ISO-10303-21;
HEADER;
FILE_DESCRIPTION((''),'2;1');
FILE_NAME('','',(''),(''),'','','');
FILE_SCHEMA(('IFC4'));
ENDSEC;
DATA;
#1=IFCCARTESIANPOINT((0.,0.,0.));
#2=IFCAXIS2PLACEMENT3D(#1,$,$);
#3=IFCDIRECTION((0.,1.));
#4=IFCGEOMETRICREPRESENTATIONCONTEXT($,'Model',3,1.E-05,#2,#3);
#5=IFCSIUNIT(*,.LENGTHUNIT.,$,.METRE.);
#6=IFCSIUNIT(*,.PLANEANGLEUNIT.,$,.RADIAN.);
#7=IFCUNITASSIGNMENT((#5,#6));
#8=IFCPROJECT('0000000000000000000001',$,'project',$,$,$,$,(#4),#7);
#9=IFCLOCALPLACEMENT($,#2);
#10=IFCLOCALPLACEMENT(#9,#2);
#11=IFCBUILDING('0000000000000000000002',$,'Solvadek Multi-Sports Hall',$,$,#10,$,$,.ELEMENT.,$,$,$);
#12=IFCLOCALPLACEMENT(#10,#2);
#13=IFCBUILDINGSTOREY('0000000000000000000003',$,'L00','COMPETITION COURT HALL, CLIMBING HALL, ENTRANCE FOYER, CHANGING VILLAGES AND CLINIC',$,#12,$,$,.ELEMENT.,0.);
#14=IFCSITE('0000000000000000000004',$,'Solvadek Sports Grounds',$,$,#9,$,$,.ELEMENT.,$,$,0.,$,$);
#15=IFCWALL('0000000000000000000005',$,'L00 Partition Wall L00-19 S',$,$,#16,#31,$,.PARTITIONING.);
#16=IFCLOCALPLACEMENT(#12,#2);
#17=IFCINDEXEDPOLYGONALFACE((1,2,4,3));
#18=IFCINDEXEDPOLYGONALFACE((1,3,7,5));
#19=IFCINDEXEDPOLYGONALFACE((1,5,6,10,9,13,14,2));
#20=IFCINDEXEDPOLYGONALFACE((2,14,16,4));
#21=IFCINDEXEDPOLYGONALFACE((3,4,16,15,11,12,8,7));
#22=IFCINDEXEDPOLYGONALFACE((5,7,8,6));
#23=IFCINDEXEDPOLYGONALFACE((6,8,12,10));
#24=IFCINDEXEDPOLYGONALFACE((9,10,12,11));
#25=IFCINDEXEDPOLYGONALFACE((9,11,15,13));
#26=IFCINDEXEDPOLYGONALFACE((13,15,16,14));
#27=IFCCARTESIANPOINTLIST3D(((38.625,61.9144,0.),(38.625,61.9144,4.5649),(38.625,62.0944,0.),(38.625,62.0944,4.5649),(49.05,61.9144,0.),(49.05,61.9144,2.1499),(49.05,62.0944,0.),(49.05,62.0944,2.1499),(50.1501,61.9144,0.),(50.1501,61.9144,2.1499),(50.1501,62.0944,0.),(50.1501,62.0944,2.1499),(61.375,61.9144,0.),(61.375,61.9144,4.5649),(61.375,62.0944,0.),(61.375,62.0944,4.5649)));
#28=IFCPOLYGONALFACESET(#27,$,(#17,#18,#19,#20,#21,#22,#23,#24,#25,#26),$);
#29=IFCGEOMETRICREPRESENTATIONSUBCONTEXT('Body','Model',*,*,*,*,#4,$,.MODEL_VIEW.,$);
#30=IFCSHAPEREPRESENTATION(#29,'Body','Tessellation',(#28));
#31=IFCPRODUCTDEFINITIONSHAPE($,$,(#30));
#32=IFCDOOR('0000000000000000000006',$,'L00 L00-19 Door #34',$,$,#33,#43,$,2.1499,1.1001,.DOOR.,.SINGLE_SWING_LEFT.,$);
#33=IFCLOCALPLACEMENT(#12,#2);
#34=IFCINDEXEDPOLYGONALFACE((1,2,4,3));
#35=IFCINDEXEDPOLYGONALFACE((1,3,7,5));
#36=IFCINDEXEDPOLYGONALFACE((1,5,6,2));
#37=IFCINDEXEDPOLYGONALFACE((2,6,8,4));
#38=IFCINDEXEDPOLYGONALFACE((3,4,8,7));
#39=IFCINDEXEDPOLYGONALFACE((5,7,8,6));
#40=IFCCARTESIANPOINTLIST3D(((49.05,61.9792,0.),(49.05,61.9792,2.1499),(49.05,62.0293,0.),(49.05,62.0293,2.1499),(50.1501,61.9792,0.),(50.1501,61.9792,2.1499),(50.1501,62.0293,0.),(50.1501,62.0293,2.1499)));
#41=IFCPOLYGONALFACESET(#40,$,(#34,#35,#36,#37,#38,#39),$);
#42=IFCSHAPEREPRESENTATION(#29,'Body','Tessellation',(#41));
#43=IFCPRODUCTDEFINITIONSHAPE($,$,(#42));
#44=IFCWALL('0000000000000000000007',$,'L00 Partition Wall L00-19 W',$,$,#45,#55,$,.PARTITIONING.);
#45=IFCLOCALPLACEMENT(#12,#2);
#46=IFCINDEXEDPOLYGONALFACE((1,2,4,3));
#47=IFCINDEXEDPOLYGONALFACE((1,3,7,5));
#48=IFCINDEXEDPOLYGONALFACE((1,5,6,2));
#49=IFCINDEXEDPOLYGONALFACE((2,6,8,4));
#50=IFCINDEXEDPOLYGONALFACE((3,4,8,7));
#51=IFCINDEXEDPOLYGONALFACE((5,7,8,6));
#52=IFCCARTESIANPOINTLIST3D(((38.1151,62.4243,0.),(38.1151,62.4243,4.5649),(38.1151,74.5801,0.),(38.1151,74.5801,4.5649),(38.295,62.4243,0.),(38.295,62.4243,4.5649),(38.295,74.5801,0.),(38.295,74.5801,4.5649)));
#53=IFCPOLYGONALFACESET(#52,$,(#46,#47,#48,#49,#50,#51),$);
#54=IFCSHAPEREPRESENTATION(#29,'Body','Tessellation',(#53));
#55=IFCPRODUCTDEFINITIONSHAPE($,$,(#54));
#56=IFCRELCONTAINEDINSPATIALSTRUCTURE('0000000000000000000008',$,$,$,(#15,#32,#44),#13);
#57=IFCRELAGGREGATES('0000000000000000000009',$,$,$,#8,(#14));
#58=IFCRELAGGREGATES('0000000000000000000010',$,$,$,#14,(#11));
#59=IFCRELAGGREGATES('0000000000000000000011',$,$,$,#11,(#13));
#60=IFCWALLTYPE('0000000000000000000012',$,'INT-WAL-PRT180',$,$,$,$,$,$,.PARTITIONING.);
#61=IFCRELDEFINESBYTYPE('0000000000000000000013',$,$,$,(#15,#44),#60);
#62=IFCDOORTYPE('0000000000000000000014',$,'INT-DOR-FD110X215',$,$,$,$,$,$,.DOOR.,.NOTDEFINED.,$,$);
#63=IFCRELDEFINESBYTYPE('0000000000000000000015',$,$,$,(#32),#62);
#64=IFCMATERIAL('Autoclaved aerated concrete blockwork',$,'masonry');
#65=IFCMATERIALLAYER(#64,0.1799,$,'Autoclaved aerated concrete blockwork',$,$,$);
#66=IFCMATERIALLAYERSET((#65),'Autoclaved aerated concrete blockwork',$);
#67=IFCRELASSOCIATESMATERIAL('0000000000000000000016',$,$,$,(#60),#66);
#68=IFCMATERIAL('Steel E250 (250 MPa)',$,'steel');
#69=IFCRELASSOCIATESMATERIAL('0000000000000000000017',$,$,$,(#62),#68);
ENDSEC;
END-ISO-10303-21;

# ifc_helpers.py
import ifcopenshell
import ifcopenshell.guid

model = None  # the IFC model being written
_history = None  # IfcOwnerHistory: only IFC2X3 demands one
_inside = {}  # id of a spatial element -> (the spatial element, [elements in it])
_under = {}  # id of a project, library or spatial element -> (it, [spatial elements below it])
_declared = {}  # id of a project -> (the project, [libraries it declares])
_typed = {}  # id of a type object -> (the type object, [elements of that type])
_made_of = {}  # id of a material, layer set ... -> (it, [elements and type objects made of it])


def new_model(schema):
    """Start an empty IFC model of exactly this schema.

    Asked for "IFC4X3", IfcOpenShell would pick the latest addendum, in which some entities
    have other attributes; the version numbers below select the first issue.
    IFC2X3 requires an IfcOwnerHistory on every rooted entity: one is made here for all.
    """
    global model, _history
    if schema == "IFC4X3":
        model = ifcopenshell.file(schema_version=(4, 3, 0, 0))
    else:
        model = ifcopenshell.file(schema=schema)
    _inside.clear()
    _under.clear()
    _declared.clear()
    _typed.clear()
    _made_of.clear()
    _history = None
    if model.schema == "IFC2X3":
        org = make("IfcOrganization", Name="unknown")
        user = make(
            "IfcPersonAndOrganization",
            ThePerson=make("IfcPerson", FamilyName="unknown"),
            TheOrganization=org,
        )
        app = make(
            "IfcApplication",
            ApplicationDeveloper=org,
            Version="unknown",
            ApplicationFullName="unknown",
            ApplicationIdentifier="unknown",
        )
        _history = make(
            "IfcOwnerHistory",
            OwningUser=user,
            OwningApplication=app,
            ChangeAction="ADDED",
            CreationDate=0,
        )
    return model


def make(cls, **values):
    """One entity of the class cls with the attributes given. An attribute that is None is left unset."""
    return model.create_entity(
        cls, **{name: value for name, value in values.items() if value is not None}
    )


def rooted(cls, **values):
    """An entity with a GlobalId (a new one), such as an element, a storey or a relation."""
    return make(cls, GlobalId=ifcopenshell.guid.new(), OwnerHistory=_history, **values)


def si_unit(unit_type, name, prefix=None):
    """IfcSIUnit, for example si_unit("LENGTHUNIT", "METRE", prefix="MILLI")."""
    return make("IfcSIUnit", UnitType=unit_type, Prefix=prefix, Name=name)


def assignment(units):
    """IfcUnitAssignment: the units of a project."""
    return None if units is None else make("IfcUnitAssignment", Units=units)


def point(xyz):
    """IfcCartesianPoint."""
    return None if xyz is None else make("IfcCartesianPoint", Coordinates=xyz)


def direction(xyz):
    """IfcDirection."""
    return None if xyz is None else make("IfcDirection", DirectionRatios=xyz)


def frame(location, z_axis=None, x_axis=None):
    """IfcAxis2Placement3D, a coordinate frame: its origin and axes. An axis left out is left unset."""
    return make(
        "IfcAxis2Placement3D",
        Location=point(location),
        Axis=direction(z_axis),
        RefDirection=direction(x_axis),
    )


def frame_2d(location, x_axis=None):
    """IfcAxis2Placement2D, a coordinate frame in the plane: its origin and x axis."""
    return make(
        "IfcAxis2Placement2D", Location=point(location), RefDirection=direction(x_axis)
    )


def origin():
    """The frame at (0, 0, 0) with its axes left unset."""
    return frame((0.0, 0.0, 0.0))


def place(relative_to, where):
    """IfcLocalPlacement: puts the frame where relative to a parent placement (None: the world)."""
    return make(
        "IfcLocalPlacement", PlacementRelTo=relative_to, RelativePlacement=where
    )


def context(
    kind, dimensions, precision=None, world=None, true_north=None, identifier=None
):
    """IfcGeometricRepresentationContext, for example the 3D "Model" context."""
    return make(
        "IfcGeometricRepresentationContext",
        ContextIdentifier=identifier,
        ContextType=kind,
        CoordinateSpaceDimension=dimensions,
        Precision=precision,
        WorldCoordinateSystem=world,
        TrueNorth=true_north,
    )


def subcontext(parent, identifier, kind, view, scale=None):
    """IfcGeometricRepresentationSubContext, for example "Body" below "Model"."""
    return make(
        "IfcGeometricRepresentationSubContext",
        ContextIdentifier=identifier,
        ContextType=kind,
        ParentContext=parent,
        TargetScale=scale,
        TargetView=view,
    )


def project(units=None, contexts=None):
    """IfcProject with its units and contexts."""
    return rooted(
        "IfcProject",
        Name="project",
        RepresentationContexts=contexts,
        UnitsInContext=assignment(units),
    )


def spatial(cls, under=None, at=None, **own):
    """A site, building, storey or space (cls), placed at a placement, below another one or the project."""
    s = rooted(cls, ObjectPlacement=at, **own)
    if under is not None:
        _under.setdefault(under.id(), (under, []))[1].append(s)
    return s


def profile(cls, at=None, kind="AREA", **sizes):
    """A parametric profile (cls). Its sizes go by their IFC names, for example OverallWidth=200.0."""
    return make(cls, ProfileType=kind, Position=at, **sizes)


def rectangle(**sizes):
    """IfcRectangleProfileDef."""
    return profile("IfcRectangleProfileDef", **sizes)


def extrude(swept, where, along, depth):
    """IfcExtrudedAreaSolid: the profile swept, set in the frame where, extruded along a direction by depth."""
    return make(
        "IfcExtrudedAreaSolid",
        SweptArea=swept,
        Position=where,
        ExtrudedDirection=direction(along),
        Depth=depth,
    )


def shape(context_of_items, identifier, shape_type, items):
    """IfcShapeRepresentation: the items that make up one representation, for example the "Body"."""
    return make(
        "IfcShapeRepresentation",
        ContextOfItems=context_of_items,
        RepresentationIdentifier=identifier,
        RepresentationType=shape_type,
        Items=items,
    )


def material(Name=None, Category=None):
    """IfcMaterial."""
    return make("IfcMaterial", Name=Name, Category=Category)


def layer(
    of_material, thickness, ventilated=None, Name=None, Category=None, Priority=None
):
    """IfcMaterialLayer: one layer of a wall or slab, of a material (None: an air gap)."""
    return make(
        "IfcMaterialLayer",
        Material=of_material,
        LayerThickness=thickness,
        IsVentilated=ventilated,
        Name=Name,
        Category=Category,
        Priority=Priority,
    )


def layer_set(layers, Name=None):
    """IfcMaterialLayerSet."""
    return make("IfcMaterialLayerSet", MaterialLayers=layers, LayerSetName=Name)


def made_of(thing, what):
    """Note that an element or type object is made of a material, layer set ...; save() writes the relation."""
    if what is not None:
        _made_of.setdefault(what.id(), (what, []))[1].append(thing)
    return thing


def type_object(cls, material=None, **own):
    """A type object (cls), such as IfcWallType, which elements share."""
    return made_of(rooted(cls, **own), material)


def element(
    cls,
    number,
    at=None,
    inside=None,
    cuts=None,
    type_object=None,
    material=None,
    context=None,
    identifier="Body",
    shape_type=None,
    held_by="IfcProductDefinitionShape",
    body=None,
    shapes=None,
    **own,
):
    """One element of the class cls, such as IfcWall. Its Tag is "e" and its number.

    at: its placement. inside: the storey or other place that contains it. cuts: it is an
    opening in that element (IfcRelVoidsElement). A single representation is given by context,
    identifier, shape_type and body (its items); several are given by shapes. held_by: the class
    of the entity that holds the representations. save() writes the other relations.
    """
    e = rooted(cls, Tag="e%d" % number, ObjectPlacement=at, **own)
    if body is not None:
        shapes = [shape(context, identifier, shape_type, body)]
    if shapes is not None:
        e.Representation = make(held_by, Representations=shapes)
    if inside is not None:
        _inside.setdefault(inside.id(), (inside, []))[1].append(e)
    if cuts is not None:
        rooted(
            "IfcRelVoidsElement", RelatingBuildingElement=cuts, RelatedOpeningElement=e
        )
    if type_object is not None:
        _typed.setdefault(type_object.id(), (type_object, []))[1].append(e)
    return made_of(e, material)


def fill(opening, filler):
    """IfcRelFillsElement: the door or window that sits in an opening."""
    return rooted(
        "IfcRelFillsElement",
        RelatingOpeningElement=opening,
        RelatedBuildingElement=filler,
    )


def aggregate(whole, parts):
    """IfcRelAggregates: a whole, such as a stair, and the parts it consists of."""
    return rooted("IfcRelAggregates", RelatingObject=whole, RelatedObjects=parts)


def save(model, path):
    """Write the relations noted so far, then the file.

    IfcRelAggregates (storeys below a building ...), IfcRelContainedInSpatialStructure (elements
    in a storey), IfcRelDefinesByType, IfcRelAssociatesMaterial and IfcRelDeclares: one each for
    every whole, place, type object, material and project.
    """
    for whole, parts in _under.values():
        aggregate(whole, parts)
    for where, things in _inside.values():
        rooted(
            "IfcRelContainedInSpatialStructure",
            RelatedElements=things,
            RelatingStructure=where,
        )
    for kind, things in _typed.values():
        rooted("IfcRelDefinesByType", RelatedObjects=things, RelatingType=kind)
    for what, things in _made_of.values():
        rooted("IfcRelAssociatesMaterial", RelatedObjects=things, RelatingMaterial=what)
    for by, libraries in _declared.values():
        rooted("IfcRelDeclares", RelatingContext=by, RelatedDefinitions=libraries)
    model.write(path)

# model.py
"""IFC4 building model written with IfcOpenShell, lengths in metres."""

from ifc_helpers import new_model, si_unit, direction, frame, frame_2d, origin, place, context, subcontext, project, spatial, rectangle, extrude, material, layer, layer_set, type_object, element, fill, save


model = new_model("IFC4")

# Units and contexts
model_context = context("Model", 3, precision=1e-05, world=origin(), true_north=direction((0.0, 1.0)))
body_context = subcontext(model_context, "Body", "Model", "MODEL_VIEW")
ifc_project = project(units=[si_unit("LENGTHUNIT", "METRE"), si_unit("PLANEANGLEUNIT", "RADIAN")], contexts=[model_context])

# Site, building, storey
site_placement = place(None, origin())
site = spatial("IfcSite", under=ifc_project, at=site_placement, Name="Solvadek Sports Grounds", CompositionType="ELEMENT", RefElevation=0.0)
building_placement = place(site_placement, origin())
building = spatial("IfcBuilding", under=site, at=building_placement, Name="Solvadek Multi-Sports Hall", CompositionType="ELEMENT")
storey_placement = place(building_placement, origin())
storey = spatial("IfcBuildingStorey", under=building, at=storey_placement, Name="L00", Description="COMPETITION COURT HALL, CLIMBING HALL, ENTRANCE FOYER, CHANGING VILLAGES AND CLINIC", CompositionType="ELEMENT", Elevation=0.0)

# Wall, opening, door
ifc_material_1 = material(Name="Autoclaved aerated concrete blockwork", Category="masonry")
ifc_layer = layer(ifc_material_1, 0.1799, Name="Autoclaved aerated concrete blockwork")
ifc_layer_set = layer_set([ifc_layer], Name="Autoclaved aerated concrete blockwork")
wall_type = type_object("IfcWallType", Name="INT-WAL-PRT180", PredefinedType="PARTITIONING", material=ifc_layer_set)
wall_1_placement = place(storey_placement, frame((38.625, 62.0044, 0.0), z_axis=(0.0, 0.0, 1.0), x_axis=(1.0, 0.0, 0.0)))
wall_1 = element("IfcWall", 1, at=wall_1_placement, inside=storey, type_object=wall_type, Name="L00 Partition Wall L00-19 S", PredefinedType="PARTITIONING", context=body_context, shape_type="SweptSolid", body=[
    extrude(rectangle(XDim=22.75, YDim=0.1799, at=frame_2d((11.375, 0.0))), origin(), (0.0, 0.0, 1.0), 4.5649),
])
opening_placement = place(wall_1_placement, frame((10.425, 0.0, 0.0)))
opening = element("IfcOpeningElement", 2, at=opening_placement, cuts=wall_1, PredefinedType="OPENING", context=body_context, shape_type="SweptSolid", body=[
    extrude(rectangle(XDim=1.1001, YDim=2.1499, at=frame_2d((0.55, 1.075))), frame((0.0, 0.0999, 0.0), z_axis=(0.0, -1.0, 0.0), x_axis=(1.0, 0.0, 0.0)), (0.0, 0.0, 1.0), 0.2),
])
ifc_material_2 = material(Name="Steel E250 (250 MPa)", Category="steel")
door_type = type_object("IfcDoorType", Name="INT-DOR-FD110X215", OperationType="NOTDEFINED", PredefinedType="DOOR", material=ifc_material_2)
door_placement = place(opening_placement, origin())
door = element("IfcDoor", 3, at=door_placement, inside=storey, type_object=door_type, Name="L00 L00-19 Door #34", OperationType="SINGLE_SWING_LEFT", OverallHeight=2.1499, OverallWidth=1.1001, PredefinedType="DOOR", context=body_context, shape_type="SweptSolid", body=[
    extrude(rectangle(XDim=1.1001, YDim=2.1499, at=frame_2d((0.55, 1.075))), frame((0.0, 0.0249, 0.0), z_axis=(0.0, -1.0, 0.0), x_axis=(1.0, 0.0, 0.0)), (0.0, 0.0, 1.0), 0.05),
])
fill(opening, door)

# Wall
wall_2_placement = place(storey_placement, frame((38.2051, 62.4243, 0.0), z_axis=(0.0, 0.0, 1.0), x_axis=(0.0, 1.0, 0.0)))
element("IfcWall", 4, at=wall_2_placement, inside=storey, type_object=wall_type, Name="L00 Partition Wall L00-19 W", PredefinedType="PARTITIONING", context=body_context, shape_type="SweptSolid", body=[
    extrude(rectangle(XDim=12.1558, YDim=0.1799, at=frame_2d((6.0779, 0.0))), origin(), (0.0, 0.0, 1.0), 4.5649),
])

save(model, "model.ifc")
